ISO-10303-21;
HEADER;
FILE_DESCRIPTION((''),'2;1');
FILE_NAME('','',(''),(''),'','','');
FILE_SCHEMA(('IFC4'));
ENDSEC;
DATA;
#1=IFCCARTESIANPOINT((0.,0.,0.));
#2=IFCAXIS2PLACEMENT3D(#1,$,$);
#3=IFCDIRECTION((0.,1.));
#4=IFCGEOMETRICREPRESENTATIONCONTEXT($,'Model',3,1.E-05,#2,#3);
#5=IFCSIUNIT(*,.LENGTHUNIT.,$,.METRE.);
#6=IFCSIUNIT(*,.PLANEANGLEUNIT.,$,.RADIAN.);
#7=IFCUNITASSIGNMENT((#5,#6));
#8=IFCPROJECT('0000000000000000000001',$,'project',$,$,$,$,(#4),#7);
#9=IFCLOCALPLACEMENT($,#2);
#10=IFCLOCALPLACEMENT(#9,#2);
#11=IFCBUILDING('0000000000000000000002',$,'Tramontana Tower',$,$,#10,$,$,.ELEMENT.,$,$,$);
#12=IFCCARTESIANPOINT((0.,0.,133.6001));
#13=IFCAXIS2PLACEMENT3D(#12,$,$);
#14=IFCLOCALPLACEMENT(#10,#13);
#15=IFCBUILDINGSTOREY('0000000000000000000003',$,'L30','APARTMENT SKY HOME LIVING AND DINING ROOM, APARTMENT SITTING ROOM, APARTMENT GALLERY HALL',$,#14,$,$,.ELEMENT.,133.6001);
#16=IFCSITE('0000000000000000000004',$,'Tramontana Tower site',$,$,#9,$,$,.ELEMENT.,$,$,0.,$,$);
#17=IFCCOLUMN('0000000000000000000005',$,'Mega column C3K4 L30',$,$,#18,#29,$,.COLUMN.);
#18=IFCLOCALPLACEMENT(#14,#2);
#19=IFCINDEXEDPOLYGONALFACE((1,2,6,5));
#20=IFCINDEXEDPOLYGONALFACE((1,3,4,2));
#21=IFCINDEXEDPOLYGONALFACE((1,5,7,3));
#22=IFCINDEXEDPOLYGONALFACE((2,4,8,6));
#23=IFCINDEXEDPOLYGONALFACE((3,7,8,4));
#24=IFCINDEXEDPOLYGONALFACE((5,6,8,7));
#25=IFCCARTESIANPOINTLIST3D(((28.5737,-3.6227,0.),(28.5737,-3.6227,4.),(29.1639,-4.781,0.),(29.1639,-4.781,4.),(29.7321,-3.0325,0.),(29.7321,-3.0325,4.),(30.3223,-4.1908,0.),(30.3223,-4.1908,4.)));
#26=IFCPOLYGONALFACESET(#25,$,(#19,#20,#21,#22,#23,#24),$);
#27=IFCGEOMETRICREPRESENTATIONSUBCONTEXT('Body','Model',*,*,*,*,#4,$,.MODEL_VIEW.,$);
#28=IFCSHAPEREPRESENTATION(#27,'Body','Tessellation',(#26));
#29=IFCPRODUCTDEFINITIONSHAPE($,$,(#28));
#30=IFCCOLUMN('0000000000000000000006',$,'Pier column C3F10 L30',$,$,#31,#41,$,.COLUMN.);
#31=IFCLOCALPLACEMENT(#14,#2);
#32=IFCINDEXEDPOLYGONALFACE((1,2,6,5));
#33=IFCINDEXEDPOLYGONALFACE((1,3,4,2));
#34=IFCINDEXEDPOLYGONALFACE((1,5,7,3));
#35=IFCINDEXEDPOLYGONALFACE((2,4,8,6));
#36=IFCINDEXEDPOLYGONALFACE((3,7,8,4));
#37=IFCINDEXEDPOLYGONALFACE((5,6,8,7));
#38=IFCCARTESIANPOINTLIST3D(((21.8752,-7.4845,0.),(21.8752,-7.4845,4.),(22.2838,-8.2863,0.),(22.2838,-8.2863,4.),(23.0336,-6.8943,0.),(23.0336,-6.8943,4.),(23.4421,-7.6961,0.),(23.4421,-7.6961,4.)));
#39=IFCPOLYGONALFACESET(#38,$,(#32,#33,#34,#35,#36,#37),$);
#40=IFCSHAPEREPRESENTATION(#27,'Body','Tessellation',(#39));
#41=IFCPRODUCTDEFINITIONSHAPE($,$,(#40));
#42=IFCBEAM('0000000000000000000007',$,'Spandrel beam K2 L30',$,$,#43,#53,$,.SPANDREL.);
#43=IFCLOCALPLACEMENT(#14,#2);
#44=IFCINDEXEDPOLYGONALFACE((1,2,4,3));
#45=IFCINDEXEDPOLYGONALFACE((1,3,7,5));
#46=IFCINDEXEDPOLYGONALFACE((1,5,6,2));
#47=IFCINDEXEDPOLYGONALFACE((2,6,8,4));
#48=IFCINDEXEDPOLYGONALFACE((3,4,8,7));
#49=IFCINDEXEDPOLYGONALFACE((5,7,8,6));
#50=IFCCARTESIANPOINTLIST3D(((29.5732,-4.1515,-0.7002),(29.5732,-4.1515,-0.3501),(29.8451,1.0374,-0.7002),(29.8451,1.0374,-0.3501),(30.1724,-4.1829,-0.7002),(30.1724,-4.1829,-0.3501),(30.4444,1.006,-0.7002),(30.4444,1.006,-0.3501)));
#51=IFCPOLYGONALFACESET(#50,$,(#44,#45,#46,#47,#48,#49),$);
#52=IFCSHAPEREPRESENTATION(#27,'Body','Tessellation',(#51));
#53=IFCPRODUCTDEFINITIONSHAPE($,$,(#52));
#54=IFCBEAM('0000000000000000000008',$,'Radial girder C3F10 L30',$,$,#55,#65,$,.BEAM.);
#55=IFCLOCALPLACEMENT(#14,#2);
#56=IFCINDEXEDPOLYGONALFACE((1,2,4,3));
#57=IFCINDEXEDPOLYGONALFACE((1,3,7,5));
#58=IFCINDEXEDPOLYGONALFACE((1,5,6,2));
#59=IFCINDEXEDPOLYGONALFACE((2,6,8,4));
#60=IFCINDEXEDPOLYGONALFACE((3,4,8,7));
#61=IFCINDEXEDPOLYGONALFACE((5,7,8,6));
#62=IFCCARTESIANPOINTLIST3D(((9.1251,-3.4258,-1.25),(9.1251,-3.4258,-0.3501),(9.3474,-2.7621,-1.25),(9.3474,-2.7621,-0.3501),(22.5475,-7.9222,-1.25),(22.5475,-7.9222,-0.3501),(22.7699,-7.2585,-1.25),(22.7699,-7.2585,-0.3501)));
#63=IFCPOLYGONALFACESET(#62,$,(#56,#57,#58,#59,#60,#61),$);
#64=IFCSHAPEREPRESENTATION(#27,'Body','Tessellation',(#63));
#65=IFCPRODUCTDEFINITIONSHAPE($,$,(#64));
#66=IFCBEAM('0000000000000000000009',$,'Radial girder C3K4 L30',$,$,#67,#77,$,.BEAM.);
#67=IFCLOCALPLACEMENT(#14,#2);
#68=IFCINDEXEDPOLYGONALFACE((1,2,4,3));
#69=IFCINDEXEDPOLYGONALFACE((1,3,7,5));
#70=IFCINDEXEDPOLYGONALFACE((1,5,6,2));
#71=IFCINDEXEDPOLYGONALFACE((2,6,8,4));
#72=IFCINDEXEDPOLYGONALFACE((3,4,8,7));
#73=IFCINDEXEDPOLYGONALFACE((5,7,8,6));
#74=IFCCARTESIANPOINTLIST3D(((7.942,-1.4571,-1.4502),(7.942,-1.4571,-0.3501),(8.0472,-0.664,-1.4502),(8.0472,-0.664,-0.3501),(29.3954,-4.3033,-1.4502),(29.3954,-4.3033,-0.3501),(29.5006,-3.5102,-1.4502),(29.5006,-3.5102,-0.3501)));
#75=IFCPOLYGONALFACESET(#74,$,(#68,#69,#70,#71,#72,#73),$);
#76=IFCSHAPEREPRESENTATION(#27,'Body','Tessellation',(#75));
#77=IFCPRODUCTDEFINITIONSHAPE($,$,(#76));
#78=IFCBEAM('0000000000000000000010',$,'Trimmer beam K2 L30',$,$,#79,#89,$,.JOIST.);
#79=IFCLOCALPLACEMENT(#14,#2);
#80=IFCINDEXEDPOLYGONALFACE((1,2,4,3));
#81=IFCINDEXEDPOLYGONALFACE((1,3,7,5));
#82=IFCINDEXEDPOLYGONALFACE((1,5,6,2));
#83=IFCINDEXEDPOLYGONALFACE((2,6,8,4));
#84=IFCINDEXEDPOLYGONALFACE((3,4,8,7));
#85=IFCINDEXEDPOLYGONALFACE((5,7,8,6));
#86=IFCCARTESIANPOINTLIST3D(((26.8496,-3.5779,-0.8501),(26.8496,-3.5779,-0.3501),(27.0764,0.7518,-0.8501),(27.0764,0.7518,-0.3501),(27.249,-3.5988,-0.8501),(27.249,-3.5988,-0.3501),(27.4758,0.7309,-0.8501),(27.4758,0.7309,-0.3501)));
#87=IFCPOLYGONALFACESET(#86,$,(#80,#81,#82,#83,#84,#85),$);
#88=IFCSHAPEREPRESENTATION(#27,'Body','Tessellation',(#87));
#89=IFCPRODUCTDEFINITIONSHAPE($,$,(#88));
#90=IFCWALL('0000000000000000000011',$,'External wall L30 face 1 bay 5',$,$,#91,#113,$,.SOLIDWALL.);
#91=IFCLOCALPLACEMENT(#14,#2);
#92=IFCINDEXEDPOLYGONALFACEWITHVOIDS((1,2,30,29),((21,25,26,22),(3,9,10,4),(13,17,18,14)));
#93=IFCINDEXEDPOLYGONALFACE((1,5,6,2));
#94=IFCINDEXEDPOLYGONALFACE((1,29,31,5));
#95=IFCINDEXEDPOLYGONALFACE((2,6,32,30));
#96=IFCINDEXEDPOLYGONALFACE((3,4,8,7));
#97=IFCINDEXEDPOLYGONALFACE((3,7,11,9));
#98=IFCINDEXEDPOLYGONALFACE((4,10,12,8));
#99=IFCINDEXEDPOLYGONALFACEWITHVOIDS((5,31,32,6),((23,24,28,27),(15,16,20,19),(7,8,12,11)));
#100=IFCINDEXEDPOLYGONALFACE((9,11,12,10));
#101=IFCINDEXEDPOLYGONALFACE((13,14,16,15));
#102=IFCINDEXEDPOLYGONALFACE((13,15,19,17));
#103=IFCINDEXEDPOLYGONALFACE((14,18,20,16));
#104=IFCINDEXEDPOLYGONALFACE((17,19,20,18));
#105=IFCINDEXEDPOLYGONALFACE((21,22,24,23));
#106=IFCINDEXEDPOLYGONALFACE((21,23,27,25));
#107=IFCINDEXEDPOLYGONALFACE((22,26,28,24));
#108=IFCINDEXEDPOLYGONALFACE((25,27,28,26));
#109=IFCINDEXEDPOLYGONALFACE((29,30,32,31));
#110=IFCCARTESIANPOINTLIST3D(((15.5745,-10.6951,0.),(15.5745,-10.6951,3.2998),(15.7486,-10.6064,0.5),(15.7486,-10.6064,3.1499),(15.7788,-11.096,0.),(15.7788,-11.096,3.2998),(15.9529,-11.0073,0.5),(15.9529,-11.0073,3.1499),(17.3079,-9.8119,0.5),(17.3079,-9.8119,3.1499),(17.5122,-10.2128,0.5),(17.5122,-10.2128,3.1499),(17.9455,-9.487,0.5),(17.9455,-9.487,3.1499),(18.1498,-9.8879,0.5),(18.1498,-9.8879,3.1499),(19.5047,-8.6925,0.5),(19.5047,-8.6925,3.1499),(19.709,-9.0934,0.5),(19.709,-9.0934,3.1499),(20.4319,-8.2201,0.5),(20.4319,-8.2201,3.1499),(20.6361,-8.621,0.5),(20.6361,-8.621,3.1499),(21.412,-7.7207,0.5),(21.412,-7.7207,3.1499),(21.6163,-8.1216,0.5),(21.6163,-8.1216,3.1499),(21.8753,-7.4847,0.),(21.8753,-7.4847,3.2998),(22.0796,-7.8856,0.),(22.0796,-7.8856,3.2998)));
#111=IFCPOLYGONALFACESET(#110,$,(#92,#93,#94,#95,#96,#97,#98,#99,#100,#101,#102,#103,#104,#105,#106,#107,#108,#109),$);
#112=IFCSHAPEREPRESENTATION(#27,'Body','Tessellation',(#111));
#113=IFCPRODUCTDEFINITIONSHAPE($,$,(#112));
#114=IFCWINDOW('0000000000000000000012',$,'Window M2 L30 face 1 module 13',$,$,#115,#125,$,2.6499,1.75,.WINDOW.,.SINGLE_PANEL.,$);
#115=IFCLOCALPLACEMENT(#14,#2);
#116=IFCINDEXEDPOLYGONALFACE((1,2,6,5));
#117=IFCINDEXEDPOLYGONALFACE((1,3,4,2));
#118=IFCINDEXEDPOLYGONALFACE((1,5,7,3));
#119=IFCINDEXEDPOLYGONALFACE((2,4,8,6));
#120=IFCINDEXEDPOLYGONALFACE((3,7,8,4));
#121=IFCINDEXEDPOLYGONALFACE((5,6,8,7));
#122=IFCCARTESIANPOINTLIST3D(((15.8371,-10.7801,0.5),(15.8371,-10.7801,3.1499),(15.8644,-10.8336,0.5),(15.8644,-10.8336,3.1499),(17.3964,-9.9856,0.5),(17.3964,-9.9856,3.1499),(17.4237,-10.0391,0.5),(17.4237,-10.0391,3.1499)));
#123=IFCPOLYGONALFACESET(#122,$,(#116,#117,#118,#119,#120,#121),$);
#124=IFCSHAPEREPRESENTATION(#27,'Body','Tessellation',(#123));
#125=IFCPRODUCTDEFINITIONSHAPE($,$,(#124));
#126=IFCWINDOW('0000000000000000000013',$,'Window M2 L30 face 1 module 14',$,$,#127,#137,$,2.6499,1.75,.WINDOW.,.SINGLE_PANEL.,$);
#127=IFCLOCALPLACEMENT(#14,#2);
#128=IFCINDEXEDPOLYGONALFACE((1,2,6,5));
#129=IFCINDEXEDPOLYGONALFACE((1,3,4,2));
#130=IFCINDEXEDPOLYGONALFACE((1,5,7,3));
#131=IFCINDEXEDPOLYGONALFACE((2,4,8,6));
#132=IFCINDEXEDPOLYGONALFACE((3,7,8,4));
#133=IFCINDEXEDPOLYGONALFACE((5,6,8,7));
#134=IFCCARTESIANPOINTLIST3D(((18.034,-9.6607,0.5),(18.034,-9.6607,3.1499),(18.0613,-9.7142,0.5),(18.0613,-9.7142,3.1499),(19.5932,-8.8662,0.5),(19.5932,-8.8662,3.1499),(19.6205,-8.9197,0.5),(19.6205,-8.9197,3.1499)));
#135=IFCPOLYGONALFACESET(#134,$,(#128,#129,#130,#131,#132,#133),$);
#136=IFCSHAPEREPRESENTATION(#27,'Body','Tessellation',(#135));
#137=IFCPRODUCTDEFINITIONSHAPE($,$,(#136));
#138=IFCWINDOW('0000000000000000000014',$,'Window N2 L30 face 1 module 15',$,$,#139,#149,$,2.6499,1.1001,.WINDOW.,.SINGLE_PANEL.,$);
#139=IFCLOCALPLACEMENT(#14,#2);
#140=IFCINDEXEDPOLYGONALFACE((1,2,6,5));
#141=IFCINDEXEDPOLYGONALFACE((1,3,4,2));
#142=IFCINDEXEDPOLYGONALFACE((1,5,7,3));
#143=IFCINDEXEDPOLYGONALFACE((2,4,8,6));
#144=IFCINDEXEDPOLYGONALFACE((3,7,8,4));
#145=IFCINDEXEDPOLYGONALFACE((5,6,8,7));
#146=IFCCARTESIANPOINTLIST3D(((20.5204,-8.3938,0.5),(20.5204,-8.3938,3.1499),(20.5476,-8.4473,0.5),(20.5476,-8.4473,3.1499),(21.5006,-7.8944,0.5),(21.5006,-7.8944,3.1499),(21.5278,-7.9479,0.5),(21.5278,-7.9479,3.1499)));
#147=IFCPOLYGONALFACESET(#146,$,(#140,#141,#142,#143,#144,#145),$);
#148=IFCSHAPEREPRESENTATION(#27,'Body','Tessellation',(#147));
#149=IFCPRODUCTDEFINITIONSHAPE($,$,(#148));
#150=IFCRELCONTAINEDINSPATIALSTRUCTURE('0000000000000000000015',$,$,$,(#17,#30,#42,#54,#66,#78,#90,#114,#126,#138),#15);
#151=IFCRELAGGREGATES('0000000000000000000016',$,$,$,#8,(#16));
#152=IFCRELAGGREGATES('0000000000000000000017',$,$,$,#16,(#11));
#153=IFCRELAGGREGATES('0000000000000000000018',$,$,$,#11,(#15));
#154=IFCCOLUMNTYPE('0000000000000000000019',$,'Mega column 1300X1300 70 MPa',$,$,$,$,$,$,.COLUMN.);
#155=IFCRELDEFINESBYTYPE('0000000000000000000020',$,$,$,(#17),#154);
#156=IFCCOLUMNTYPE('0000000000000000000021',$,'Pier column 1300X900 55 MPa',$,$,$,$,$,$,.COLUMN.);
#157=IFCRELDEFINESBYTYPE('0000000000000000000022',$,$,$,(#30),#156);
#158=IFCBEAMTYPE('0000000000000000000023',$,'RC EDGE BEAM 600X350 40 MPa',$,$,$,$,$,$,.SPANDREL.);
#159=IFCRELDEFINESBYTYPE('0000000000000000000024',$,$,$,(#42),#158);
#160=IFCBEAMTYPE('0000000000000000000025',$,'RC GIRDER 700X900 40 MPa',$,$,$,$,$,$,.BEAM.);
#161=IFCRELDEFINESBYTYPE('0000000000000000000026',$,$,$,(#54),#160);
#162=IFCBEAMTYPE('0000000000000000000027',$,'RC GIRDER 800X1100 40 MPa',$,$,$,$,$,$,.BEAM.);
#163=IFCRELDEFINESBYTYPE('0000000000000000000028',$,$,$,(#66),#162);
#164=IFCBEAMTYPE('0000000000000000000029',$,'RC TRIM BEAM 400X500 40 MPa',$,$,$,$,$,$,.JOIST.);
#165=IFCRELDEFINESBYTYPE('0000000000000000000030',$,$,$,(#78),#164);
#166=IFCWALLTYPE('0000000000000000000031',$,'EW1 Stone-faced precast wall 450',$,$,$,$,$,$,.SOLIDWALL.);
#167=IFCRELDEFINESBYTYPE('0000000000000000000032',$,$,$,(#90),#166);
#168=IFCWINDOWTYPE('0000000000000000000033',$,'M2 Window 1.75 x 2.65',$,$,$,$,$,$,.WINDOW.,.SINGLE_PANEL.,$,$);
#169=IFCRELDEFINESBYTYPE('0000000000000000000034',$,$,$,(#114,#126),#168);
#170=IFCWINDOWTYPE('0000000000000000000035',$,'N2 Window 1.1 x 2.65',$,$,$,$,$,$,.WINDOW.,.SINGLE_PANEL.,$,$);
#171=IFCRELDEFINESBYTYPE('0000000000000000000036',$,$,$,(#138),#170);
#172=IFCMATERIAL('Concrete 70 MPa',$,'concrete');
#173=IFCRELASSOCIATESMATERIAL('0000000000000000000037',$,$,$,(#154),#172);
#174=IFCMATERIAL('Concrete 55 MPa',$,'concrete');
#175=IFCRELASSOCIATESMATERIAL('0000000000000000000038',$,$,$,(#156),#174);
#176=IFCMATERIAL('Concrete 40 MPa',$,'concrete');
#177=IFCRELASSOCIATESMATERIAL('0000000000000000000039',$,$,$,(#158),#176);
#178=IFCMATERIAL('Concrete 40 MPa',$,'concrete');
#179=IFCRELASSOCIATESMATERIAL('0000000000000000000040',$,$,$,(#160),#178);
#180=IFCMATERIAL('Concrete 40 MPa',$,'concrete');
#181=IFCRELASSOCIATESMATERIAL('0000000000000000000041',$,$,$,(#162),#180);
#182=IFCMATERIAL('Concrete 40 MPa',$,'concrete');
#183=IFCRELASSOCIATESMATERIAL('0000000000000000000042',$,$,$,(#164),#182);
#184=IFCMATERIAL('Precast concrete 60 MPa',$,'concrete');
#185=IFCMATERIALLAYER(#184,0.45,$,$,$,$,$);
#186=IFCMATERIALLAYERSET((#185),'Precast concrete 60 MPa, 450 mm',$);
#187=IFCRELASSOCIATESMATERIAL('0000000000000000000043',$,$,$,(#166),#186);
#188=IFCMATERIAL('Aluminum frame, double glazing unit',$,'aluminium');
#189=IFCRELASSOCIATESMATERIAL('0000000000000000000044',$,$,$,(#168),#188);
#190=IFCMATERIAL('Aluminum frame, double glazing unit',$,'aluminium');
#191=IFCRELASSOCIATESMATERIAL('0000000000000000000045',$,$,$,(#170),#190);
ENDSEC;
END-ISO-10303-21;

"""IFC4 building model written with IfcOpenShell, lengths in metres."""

from ifc_helpers import new_model, si_unit, direction, frame, frame_2d, origin, origin_2d, place, context, subcontext, project, spatial, rectangle, extrude, material, layer, layer_set, material_profile, profile_set, type_object, element, fill, save


model = new_model("IFC4")

# Units and contexts
model_context = context("Model", 3, precision=1e-05, world=origin(), true_north=direction((0.0, 1.0)))
body_context = subcontext(model_context, "Body", "Model", "MODEL_VIEW")
ifc_project = project(units=[si_unit("LENGTHUNIT", "METRE"), si_unit("PLANEANGLEUNIT", "RADIAN")], contexts=[model_context])

# Site, building, storey
site_placement = place(None, origin())
site = spatial("IfcSite", under=ifc_project, at=site_placement, Name="Tramontana Tower site", CompositionType="ELEMENT", RefElevation=0.0)
building_placement = place(site_placement, origin())
building = spatial("IfcBuilding", under=site, at=building_placement, Name="Tramontana Tower", CompositionType="ELEMENT")
storey_placement = place(building_placement, frame((0.0, 0.0, 133.6001)))
storey = spatial("IfcBuildingStorey", under=building, at=storey_placement, Name="L30", Description="APARTMENT SKY HOME LIVING AND DINING ROOM, APARTMENT SITTING ROOM, APARTMENT GALLERY HALL", CompositionType="ELEMENT", Elevation=133.6001)

# Columns
ifc_material_1 = material(Name="Concrete 70 MPa", Category="concrete")
ifc_material_profile_1 = material_profile(ifc_material_1, rectangle(XDim=1.3, YDim=1.3, at=origin_2d()), Name="Mega column 1300X1300 70 MPa")
ifc_profile_set_1 = profile_set([ifc_material_profile_1], Name="Concrete 70 MPa")
column_type_1 = type_object("IfcColumnType", Name="Mega column 1300X1300 70 MPa", PredefinedType="COLUMN", material=ifc_profile_set_1)
column_1_placement = place(storey_placement, frame((29.448, -3.9067, 0.0), z_axis=(0.0, 0.0, 1.0), x_axis=(0.891007, 0.45399, 0.0)))
element("IfcColumn", 1, at=column_1_placement, inside=storey, type_object=column_type_1, Name="Mega column C3K4 L30", PredefinedType="COLUMN", context=body_context, shape_type="SweptSolid", body=[
    extrude(rectangle(XDim=1.3, YDim=1.3, at=origin_2d()), origin(), (0.0, 0.0, 1.0), 4.0),
])
ifc_material_2 = material(Name="Concrete 55 MPa", Category="concrete")
ifc_material_profile_2 = material_profile(ifc_material_2, rectangle(XDim=1.3, YDim=0.8999, at=origin_2d()), Name="Pier column 1300X900 55 MPa")
ifc_profile_set_2 = profile_set([ifc_material_profile_2], Name="Concrete 55 MPa")
column_type_2 = type_object("IfcColumnType", Name="Pier column 1300X900 55 MPa", PredefinedType="COLUMN", material=ifc_profile_set_2)
column_2_placement = place(storey_placement, frame((22.6587, -7.5903, 0.0), z_axis=(0.0, 0.0, 1.0), x_axis=(0.891007, 0.45399, 0.0)))
element("IfcColumn", 2, at=column_2_placement, inside=storey, type_object=column_type_2, Name="Pier column C3F10 L30", PredefinedType="COLUMN", context=body_context, shape_type="SweptSolid", body=[
    extrude(rectangle(XDim=1.3, YDim=0.8999, at=origin_2d()), origin(), (0.0, 0.0, 1.0), 4.0),
])

# Beams
ifc_material_3 = material(Name="Concrete 40 MPa", Category="concrete")
ifc_material_profile_3 = material_profile(ifc_material_3, rectangle(XDim=0.6001, YDim=0.3501, at=origin_2d()), Name="RC EDGE BEAM 600X350 40 MPa")
ifc_profile_set_3 = profile_set([ifc_material_profile_3], Name="Concrete 40 MPa")
beam_type_1 = type_object("IfcBeamType", Name="RC EDGE BEAM 600X350 40 MPa", PredefinedType="SPANDREL", material=ifc_profile_set_3)
beam_1_placement = place(storey_placement, frame((29.8728, -4.1672, -0.5251), z_axis=(0.052342, 0.998629, 0.0), x_axis=(-0.998629, 0.052342, 0.0)))
element("IfcBeam", 3, at=beam_1_placement, inside=storey, type_object=beam_type_1, Name="Spandrel beam K2 L30", PredefinedType="SPANDREL", context=body_context, shape_type="SweptSolid", body=[
    extrude(rectangle(XDim=0.6001, YDim=0.3501, at=origin_2d()), origin(), (0.0, 0.0, 1.0), 5.196),
])
ifc_material_4 = material(Name="Concrete 40 MPa", Category="concrete")
ifc_material_profile_4 = material_profile(ifc_material_4, rectangle(XDim=0.7, YDim=0.8999, at=origin_2d()), Name="RC GIRDER 700X900 40 MPa")
ifc_profile_set_4 = profile_set([ifc_material_profile_4], Name="Concrete 40 MPa")
beam_type_2 = type_object("IfcBeamType", Name="RC GIRDER 700X900 40 MPa", PredefinedType="BEAM", material=ifc_profile_set_4)
beam_2_placement = place(storey_placement, frame((22.6587, -7.5903, -0.8), z_axis=(-0.948211, 0.31764, 0.0), x_axis=(-0.31764, -0.948211, 0.0)))
element("IfcBeam", 4, at=beam_2_placement, inside=storey, type_object=beam_type_2, Name="Radial girder C3F10 L30", PredefinedType="BEAM", context=body_context, shape_type="SweptSolid", body=[
    extrude(rectangle(XDim=0.7, YDim=0.8999, at=origin_2d()), origin(), (0.0, 0.0, 1.0), 14.1555),
])
ifc_material_5 = material(Name="Concrete 40 MPa", Category="concrete")
ifc_material_profile_5 = material_profile(ifc_material_5, rectangle(XDim=0.8, YDim=1.1001, at=origin_2d()), Name="RC GIRDER 800X1100 40 MPa")
ifc_profile_set_5 = profile_set([ifc_material_profile_5], Name="Concrete 40 MPa")
beam_type_3 = type_object("IfcBeamType", Name="RC GIRDER 800X1100 40 MPa", PredefinedType="BEAM", material=ifc_profile_set_5)
beam_3_placement = place(storey_placement, frame((29.448, -3.9067, -0.9001), z_axis=(-0.991314, 0.131516, 0.0), x_axis=(-0.131516, -0.991314, 0.0)))
element("IfcBeam", 5, at=beam_3_placement, inside=storey, type_object=beam_type_3, Name="Radial girder C3K4 L30", PredefinedType="BEAM", context=body_context, shape_type="SweptSolid", body=[
    extrude(rectangle(XDim=0.8, YDim=1.1001, at=origin_2d()), origin(), (0.0, 0.0, 1.0), 21.6414),
])
ifc_material_6 = material(Name="Concrete 40 MPa", Category="concrete")
ifc_material_profile_6 = material_profile(ifc_material_6, rectangle(XDim=0.3999, YDim=0.5, at=origin_2d()), Name="RC TRIM BEAM 400X500 40 MPa")
ifc_profile_set_6 = profile_set([ifc_material_profile_6], Name="Concrete 40 MPa")
beam_type_4 = type_object("IfcBeamType", Name="RC TRIM BEAM 400X500 40 MPa", PredefinedType="JOIST", material=ifc_profile_set_6)
beam_4_placement = place(storey_placement, frame((27.0493, -3.5884, -0.6001), z_axis=(0.052311, 0.998631, 0.0), x_axis=(-0.998631, 0.052311, 0.0)))
element("IfcBeam", 6, at=beam_4_placement, inside=storey, type_object=beam_type_4, Name="Trimmer beam K2 L30", PredefinedType="JOIST", context=body_context, shape_type="SweptSolid", body=[
    extrude(rectangle(XDim=0.3999, YDim=0.5, at=origin_2d()), origin(), (0.0, 0.0, 1.0), 4.3357),
])

# Wall, openings, windows
ifc_material_7 = material(Name="Precast concrete 60 MPa", Category="concrete")
ifc_layer_1 = layer(ifc_material_7, 0.45)
ifc_layer_set_1 = layer_set([ifc_layer_1], Name="Precast concrete 60 MPa, 450 mm")
wall_type_1 = type_object("IfcWallType", Name="EW1 Stone-faced precast wall 450", PredefinedType="SOLIDWALL", material=ifc_layer_set_1)
wall_1_placement = place(storey_placement, frame((15.6768, -10.8955, 0.0), z_axis=(0.0, 0.0, 1.0), x_axis=(0.891004, 0.453995, 0.0)))
wall_1 = element("IfcWall", 7, at=wall_1_placement, inside=storey, type_object=wall_type_1, Name="External wall L30 face 1 bay 5", PredefinedType="SOLIDWALL", context=body_context, shape_type="SweptSolid", body=[
    extrude(rectangle(XDim=7.0715, YDim=0.45, at=frame_2d((3.5356, 0.0))), origin(), (0.0, 0.0, 1.0), 3.2998),
])
opening_1_placement = place(wall_1_placement, frame((0.1953, 0.0, 0.5)))
opening_1 = element("IfcOpeningElement", 8, at=opening_1_placement, cuts=wall_1, PredefinedType="OPENING", context=body_context, shape_type="SweptSolid", body=[
    extrude(rectangle(XDim=1.75, YDim=2.6499, at=frame_2d((0.875, 1.325))), frame((0.0, 0.2349, 0.0), z_axis=(0.0, -1.0, 0.0), x_axis=(1.0, 0.0, 0.0)), (0.0, 0.0, 1.0), 0.47),
])
opening_2_placement = place(wall_1_placement, frame((2.6609, 0.0, 0.5)))
opening_2 = element("IfcOpeningElement", 9, at=opening_2_placement, cuts=wall_1, PredefinedType="OPENING", context=body_context, shape_type="SweptSolid", body=[
    extrude(rectangle(XDim=1.75, YDim=2.6499, at=frame_2d((0.875, 1.325))), frame((0.0, 0.2349, 0.0), z_axis=(0.0, -1.0, 0.0), x_axis=(1.0, 0.0, 0.0)), (0.0, 0.0, 1.0), 0.47),
])
opening_3_placement = place(wall_1_placement, frame((5.4514, 0.0, 0.5)))
opening_3 = element("IfcOpeningElement", 10, at=opening_3_placement, cuts=wall_1, PredefinedType="OPENING", context=body_context, shape_type="SweptSolid", body=[
    extrude(rectangle(XDim=1.1001, YDim=2.6499, at=frame_2d((0.55, 1.325))), frame((0.0, 0.2349, 0.0), z_axis=(0.0, -1.0, 0.0), x_axis=(1.0, 0.0, 0.0)), (0.0, 0.0, 1.0), 0.47),
])
ifc_material_8 = material(Name="Aluminum frame, double glazing unit", Category="aluminium")
window_type_1 = type_object("IfcWindowType", Name="M2 Window 1.75 x 2.65", PartitioningType="SINGLE_PANEL", PredefinedType="WINDOW", material=ifc_material_8)
window_1_placement = place(opening_1_placement, origin())
window_1 = element("IfcWindow", 11, at=window_1_placement, inside=storey, type_object=window_type_1, Name="Window M2 L30 face 1 module 13", OverallHeight=2.6499, OverallWidth=1.75, PartitioningType="SINGLE_PANEL", PredefinedType="WINDOW", context=body_context, shape_type="SweptSolid", body=[
    extrude(rectangle(XDim=1.75, YDim=2.6499, at=frame_2d((0.875, 1.325))), frame((0.0, 0.03, 0.0), z_axis=(0.0, -1.0, 0.0), x_axis=(1.0, 0.0, 0.0)), (0.0, 0.0, 1.0), 0.0601),
])
fill(opening_1, window_1)
window_2_placement = place(opening_2_placement, origin())
window_2 = element("IfcWindow", 12, at=window_2_placement, inside=storey, type_object=window_type_1, Name="Window M2 L30 face 1 module 14", OverallHeight=2.6499, OverallWidth=1.75, PartitioningType="SINGLE_PANEL", PredefinedType="WINDOW", context=body_context, shape_type="SweptSolid", body=[
    extrude(rectangle(XDim=1.75, YDim=2.6499, at=frame_2d((0.875, 1.325))), frame((0.0, 0.03, 0.0), z_axis=(0.0, -1.0, 0.0), x_axis=(1.0, 0.0, 0.0)), (0.0, 0.0, 1.0), 0.0601),
])
fill(opening_2, window_2)
ifc_material_9 = material(Name="Aluminum frame, double glazing unit", Category="aluminium")
window_type_2 = type_object("IfcWindowType", Name="N2 Window 1.1 x 2.65", PartitioningType="SINGLE_PANEL", PredefinedType="WINDOW", material=ifc_material_9)
window_3_placement = place(opening_3_placement, origin())
window_3 = element("IfcWindow", 13, at=window_3_placement, inside=storey, type_object=window_type_2, Name="Window N2 L30 face 1 module 15", OverallHeight=2.6499, OverallWidth=1.1001, PartitioningType="SINGLE_PANEL", PredefinedType="WINDOW", context=body_context, shape_type="SweptSolid", body=[
    extrude(rectangle(XDim=1.1001, YDim=2.6499, at=frame_2d((0.55, 1.325))), frame((0.0, 0.03, 0.0), z_axis=(0.0, -1.0, 0.0), x_axis=(1.0, 0.0, 0.0)), (0.0, 0.0, 1.0), 0.0601),
])
fill(opening_3, window_3)

save(model, "model.ifc")
